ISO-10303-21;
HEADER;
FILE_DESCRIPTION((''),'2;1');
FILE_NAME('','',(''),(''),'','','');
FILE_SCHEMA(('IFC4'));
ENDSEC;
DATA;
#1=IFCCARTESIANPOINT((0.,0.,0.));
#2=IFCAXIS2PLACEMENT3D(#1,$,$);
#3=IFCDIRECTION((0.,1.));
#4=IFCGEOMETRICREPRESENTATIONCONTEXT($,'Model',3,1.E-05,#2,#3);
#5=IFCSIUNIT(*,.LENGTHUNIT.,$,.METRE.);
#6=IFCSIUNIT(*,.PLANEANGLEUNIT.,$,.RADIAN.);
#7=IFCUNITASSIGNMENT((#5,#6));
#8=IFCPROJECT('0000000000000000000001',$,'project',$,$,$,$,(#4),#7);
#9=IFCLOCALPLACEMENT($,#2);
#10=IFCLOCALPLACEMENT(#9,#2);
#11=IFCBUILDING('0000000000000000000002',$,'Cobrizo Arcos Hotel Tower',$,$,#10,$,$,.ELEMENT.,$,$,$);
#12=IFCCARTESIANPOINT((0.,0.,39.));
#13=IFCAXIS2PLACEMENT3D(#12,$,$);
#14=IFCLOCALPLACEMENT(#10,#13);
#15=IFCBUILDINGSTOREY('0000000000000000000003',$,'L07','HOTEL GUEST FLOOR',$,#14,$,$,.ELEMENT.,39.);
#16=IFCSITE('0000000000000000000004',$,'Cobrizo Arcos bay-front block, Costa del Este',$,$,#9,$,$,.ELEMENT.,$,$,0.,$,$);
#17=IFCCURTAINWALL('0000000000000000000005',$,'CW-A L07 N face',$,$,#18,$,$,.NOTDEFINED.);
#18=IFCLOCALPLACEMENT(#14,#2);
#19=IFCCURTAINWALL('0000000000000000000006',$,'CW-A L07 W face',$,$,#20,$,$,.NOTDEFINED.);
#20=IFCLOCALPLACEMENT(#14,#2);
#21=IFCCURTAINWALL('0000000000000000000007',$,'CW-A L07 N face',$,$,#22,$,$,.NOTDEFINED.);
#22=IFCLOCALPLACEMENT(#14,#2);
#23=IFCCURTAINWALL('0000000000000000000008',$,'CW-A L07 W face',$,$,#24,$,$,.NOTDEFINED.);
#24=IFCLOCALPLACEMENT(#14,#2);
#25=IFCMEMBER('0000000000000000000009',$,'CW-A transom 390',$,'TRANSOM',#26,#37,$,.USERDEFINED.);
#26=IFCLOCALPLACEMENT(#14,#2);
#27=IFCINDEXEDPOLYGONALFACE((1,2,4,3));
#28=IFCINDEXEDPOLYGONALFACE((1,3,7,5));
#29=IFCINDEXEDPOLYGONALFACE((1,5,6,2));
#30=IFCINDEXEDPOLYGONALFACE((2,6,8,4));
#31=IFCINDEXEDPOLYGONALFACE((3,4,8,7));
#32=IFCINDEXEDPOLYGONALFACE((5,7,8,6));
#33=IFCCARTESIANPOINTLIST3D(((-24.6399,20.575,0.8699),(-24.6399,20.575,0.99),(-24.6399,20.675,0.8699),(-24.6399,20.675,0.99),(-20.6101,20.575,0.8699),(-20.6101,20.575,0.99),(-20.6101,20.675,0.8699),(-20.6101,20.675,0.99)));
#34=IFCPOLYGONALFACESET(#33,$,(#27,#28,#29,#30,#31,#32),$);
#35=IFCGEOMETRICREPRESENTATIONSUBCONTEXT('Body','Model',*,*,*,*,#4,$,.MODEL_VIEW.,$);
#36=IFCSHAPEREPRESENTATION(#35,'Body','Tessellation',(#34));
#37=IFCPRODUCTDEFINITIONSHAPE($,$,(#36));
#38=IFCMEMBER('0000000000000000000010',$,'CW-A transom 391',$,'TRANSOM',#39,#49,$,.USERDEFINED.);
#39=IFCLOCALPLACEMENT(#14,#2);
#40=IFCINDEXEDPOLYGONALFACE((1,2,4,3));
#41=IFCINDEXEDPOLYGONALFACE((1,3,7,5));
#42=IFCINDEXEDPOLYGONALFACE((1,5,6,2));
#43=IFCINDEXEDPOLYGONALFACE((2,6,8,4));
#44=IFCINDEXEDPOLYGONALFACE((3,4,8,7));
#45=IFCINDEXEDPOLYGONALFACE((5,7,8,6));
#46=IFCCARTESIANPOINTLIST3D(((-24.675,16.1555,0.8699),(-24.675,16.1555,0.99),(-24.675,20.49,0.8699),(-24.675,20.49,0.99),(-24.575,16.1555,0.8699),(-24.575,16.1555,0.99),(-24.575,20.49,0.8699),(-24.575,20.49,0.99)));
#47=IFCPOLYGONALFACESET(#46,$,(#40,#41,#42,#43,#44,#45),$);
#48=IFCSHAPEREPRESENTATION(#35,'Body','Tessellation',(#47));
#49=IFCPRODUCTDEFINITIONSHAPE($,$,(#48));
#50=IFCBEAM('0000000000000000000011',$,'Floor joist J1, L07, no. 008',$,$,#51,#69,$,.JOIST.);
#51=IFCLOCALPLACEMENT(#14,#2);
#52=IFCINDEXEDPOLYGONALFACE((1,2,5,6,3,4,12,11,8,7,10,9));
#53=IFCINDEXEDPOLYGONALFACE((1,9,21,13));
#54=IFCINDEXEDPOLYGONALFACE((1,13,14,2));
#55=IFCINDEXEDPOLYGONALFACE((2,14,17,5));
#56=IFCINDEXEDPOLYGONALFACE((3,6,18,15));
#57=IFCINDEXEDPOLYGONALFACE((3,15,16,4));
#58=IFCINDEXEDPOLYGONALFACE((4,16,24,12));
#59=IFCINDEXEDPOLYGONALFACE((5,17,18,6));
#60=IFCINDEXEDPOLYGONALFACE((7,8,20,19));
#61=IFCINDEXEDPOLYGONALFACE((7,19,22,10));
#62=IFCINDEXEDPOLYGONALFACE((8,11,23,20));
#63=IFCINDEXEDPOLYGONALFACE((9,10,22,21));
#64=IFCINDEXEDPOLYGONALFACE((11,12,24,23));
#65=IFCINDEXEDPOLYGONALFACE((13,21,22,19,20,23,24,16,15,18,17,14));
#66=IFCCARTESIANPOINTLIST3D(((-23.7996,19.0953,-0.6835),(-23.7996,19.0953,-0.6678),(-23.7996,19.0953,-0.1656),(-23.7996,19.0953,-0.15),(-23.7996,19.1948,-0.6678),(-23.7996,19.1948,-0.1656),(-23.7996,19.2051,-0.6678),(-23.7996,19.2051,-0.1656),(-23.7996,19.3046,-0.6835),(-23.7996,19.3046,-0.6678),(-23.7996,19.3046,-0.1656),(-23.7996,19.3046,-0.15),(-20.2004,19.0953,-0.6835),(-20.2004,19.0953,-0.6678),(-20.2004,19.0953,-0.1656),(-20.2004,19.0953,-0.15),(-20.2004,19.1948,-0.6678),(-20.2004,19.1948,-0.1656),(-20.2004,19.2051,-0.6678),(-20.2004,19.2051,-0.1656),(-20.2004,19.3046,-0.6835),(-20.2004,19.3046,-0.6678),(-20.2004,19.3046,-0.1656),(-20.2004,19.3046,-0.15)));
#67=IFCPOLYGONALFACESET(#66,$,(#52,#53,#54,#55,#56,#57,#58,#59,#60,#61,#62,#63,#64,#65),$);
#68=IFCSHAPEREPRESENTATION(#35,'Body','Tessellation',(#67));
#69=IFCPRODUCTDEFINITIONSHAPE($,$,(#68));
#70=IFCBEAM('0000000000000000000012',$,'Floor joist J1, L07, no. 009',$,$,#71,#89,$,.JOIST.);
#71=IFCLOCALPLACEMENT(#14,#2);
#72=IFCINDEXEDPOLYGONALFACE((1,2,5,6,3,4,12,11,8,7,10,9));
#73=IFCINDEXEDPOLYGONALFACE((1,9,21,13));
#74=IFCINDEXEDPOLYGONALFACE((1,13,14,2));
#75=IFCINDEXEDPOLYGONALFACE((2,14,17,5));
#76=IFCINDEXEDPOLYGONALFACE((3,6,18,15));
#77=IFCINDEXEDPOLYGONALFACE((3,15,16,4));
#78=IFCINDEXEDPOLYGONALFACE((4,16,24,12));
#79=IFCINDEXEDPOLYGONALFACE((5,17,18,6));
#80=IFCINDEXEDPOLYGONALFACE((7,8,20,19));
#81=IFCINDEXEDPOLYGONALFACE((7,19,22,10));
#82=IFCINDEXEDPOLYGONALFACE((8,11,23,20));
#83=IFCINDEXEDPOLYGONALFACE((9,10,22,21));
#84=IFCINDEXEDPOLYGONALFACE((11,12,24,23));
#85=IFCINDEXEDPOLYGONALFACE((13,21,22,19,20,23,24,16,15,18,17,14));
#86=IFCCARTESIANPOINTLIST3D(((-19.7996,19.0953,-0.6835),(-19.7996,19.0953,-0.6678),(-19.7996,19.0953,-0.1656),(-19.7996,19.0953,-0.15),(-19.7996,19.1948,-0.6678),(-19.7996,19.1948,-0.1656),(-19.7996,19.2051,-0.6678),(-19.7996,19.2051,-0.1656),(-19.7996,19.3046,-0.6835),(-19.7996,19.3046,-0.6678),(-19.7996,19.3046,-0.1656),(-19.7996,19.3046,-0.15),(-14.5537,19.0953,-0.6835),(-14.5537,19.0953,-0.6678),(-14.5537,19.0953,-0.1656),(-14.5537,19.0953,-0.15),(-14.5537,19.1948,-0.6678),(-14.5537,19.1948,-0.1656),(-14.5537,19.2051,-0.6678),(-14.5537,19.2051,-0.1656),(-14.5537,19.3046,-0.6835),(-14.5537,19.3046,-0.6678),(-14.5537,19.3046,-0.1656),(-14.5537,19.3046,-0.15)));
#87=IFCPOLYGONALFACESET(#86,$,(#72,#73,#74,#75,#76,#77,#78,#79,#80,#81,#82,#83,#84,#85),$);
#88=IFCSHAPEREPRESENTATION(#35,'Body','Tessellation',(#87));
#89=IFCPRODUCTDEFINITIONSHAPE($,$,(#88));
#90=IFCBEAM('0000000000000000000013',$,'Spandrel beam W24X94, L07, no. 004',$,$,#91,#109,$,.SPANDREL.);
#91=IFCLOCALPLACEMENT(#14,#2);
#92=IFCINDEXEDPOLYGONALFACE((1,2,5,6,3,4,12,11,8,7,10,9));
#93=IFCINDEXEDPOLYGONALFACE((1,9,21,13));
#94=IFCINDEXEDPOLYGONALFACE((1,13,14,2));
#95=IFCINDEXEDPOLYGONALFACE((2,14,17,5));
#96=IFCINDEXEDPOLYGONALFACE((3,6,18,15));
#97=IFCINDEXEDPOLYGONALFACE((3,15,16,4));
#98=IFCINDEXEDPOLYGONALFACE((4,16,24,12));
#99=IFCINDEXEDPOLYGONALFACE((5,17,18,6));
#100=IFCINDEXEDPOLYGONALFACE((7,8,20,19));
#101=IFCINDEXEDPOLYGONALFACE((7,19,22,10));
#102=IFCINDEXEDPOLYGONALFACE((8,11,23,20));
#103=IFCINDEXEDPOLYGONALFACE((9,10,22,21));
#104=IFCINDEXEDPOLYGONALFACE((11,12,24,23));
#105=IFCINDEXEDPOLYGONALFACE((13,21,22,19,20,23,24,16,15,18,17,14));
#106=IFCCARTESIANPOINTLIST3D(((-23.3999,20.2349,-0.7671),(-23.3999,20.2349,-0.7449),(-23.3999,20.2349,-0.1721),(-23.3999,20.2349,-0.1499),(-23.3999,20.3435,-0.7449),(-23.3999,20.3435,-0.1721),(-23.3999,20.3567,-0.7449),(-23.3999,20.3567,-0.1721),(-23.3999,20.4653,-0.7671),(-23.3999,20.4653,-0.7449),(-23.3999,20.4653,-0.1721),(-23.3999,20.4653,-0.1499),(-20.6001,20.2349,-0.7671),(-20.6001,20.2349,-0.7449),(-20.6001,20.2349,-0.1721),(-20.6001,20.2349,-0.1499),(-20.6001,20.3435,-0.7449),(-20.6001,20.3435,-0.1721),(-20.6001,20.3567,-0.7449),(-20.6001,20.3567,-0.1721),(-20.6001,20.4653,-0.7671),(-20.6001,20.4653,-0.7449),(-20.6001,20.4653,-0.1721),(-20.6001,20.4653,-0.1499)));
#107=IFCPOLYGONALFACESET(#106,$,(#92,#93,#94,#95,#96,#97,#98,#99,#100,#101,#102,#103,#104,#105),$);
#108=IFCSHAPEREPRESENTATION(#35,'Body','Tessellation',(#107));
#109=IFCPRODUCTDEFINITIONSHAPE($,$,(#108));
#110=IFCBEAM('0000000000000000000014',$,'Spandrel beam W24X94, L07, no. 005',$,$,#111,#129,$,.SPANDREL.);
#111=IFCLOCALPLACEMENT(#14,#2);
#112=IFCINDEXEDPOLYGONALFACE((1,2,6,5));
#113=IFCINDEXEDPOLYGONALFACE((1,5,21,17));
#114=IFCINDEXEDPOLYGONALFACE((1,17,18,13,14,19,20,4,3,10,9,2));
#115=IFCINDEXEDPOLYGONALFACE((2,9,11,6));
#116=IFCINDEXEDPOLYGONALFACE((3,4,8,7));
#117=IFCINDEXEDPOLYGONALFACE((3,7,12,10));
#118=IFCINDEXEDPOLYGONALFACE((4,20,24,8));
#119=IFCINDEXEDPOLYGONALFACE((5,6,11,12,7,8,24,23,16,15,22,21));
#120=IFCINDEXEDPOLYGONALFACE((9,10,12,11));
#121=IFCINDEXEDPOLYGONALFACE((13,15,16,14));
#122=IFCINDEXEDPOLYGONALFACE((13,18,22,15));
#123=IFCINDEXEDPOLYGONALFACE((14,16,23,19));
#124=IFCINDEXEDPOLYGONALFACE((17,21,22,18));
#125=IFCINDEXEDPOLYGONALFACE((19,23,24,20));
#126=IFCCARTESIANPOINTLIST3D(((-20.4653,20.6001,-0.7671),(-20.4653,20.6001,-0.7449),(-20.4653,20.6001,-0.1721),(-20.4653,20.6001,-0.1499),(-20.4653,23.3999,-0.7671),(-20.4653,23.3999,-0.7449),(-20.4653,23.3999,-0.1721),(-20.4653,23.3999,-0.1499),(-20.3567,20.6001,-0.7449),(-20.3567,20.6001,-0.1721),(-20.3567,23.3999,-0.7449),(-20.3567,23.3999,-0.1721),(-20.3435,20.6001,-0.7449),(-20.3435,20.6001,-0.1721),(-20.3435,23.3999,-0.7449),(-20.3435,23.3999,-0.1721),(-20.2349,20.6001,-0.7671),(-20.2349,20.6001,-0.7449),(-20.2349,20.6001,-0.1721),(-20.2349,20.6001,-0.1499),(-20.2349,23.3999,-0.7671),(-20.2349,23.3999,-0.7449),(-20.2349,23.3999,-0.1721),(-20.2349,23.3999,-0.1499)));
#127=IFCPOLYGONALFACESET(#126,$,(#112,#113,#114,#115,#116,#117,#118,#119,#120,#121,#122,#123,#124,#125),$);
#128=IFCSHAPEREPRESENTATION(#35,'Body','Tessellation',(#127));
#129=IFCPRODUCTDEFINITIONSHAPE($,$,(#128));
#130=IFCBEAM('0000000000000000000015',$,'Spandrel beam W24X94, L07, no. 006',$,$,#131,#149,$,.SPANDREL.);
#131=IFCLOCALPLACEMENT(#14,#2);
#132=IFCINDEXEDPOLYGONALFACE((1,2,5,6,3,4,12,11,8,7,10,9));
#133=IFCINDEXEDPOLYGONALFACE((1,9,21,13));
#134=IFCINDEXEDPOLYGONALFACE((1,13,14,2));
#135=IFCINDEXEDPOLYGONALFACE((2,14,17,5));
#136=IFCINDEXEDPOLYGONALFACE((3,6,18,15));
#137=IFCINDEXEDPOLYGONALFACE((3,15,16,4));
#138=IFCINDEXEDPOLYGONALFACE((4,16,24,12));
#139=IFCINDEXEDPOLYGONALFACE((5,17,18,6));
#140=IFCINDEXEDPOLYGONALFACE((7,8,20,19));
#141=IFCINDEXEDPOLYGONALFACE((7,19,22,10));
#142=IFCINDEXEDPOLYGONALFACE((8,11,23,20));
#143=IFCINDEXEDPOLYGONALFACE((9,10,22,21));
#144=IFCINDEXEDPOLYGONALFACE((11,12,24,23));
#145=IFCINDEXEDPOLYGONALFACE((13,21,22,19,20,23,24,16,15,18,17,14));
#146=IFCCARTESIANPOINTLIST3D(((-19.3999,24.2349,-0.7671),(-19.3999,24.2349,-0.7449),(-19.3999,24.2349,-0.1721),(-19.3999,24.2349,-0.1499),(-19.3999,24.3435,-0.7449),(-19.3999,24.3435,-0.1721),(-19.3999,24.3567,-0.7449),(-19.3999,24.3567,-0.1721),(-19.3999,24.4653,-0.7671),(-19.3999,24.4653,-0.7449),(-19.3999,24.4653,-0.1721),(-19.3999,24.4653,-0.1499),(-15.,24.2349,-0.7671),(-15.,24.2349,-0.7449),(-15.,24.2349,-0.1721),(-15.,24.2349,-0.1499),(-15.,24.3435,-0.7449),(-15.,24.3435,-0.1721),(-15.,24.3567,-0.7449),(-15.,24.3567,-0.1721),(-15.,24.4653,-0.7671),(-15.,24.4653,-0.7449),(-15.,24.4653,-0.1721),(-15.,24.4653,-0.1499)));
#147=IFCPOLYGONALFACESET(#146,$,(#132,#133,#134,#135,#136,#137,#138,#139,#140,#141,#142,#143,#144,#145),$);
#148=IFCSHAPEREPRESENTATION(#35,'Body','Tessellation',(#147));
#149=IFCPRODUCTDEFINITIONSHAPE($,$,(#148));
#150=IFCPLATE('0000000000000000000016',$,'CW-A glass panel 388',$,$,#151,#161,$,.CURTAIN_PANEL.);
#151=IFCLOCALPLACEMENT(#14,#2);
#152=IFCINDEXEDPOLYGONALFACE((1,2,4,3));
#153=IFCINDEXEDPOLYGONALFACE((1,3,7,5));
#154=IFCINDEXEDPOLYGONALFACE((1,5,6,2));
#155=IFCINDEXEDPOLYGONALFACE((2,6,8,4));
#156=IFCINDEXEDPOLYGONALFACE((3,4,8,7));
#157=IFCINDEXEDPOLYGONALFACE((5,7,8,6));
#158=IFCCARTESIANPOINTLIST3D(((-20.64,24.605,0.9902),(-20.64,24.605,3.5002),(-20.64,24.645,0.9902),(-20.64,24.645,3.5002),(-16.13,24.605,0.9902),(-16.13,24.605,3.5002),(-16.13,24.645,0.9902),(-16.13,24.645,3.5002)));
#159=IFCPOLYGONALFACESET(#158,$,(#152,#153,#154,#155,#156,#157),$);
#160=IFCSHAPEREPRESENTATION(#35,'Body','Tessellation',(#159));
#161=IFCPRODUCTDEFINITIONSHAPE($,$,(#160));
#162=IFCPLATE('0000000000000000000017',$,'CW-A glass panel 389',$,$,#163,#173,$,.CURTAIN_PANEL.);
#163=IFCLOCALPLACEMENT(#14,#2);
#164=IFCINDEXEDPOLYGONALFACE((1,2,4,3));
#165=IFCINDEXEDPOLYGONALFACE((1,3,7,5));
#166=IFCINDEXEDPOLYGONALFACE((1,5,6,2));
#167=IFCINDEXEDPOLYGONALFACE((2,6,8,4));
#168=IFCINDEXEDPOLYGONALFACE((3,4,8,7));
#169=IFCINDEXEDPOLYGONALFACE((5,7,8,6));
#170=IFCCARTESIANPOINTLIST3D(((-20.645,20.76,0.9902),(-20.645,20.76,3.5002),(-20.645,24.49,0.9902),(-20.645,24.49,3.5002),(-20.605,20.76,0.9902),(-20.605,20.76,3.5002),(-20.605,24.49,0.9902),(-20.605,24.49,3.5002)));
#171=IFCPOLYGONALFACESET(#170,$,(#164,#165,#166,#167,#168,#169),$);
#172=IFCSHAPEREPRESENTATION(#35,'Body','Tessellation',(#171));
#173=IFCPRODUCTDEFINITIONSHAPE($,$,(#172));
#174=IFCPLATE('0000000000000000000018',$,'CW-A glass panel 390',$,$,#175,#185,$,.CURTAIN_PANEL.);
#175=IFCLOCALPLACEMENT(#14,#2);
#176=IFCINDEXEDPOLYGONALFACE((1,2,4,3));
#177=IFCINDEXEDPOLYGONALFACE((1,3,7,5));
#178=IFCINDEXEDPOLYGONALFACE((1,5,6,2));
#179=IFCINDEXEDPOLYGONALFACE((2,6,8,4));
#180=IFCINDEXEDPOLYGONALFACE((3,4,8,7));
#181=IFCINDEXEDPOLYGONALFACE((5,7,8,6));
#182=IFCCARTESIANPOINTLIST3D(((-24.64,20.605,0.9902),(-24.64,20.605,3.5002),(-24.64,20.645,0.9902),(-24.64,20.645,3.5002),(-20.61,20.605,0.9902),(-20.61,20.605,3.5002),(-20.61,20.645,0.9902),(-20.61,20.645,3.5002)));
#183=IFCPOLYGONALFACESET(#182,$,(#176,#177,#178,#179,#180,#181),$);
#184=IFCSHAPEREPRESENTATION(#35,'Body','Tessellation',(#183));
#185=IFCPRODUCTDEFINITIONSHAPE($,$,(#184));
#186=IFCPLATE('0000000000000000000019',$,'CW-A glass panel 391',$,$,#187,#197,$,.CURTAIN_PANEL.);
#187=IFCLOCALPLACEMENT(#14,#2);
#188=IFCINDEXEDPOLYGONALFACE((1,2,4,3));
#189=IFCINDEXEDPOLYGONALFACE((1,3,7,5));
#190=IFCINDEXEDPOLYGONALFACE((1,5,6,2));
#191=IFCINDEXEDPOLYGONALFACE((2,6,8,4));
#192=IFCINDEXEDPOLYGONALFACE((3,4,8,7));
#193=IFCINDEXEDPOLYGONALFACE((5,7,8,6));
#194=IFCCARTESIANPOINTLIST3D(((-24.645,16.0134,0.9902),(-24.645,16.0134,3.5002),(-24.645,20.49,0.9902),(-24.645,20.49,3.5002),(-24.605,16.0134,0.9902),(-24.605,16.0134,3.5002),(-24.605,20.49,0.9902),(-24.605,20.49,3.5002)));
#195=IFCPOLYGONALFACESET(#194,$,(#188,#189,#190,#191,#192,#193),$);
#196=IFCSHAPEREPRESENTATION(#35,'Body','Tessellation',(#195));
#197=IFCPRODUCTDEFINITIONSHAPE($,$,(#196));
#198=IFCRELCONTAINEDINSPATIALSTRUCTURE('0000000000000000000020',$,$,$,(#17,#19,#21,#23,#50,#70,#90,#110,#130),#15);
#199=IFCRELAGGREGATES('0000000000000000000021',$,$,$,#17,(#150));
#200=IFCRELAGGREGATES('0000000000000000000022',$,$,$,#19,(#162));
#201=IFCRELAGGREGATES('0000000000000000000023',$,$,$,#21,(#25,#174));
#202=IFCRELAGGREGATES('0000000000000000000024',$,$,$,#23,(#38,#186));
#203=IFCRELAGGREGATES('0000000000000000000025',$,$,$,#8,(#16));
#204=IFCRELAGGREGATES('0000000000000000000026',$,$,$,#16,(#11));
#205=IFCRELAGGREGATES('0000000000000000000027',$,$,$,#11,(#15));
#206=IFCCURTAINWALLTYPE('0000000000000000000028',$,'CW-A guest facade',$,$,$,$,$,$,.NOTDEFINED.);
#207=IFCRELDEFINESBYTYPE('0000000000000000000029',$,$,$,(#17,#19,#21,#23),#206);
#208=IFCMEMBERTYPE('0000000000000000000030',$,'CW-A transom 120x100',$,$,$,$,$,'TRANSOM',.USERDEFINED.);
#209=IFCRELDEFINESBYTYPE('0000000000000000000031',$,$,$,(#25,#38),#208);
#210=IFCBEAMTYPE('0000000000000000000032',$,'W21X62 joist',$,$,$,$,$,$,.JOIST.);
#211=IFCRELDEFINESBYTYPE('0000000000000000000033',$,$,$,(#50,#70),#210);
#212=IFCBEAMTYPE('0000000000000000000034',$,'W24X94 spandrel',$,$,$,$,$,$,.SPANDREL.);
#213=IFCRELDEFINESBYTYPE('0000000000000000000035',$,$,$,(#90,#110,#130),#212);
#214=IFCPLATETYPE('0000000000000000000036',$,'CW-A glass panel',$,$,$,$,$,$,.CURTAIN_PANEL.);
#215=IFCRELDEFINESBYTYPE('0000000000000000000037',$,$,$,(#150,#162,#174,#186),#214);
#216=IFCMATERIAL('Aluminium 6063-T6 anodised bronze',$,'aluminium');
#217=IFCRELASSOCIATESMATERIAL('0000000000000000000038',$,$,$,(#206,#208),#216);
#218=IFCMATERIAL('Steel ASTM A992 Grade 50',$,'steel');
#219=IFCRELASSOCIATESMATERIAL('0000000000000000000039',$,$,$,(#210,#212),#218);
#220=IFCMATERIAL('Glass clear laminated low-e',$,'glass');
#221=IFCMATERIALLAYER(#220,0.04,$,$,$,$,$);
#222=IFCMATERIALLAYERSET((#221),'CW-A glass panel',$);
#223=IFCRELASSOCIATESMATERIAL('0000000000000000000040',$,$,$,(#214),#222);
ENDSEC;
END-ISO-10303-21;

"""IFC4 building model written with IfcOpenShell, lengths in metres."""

from ifc_helpers import new_model, si_unit, direction, frame, origin, origin_2d, place, context, subcontext, project, spatial, rectangle, i_section, extrude, material, layer, layer_set, material_profile, profile_set, type_object, element, aggregate, save


model = new_model("IFC4")

# Units and contexts
model_context = context("Model", 3, precision=1e-05, world=origin(), true_north=direction((0.0, 1.0)))
body_context = subcontext(model_context, "Body", "Model", "MODEL_VIEW")
ifc_project = project(units=[si_unit("LENGTHUNIT", "METRE"), si_unit("PLANEANGLEUNIT", "RADIAN")], contexts=[model_context])

# Site, building, storey
site_placement = place(None, origin())
site = spatial("IfcSite", under=ifc_project, at=site_placement, Name="Cobrizo Arcos bay-front block, Costa del Este", CompositionType="ELEMENT", RefElevation=0.0)
building_placement = place(site_placement, origin())
building = spatial("IfcBuilding", under=site, at=building_placement, Name="Cobrizo Arcos Hotel Tower", CompositionType="ELEMENT")
storey_placement = place(building_placement, frame((0.0, 0.0, 39.0)))
storey = spatial("IfcBuildingStorey", under=building, at=storey_placement, Name="L07", Description="HOTEL GUEST FLOOR", CompositionType="ELEMENT", Elevation=39.0)

# Curtain wall
ifc_material_1 = material(Name="Aluminium 6063-T6 anodised bronze", Category="aluminium")
curtain_wall_type = type_object("IfcCurtainWallType", Name="CW-A guest facade", PredefinedType="NOTDEFINED", material=ifc_material_1)
curtain_wall_1_placement = place(storey_placement, origin())
curtain_wall_1 = element("IfcCurtainWall", 1, at=curtain_wall_1_placement, inside=storey, type_object=curtain_wall_type, Name="CW-A L07 N face", PredefinedType="NOTDEFINED")

# Curtain walls
curtain_wall_2_placement = place(storey_placement, origin())
curtain_wall_2 = element("IfcCurtainWall", 2, at=curtain_wall_2_placement, inside=storey, type_object=curtain_wall_type, Name="CW-A L07 W face", PredefinedType="NOTDEFINED")
curtain_wall_3_placement = place(storey_placement, origin())
curtain_wall_3 = element("IfcCurtainWall", 3, at=curtain_wall_3_placement, inside=storey, type_object=curtain_wall_type, Name="CW-A L07 N face", PredefinedType="NOTDEFINED")
curtain_wall_4_placement = place(storey_placement, origin())
curtain_wall_4 = element("IfcCurtainWall", 4, at=curtain_wall_4_placement, inside=storey, type_object=curtain_wall_type, Name="CW-A L07 W face", PredefinedType="NOTDEFINED")

# Members
ifc_material_profile_1 = material_profile(ifc_material_1, rectangle(XDim=0.1001, YDim=0.1201, at=origin_2d()), Name="CW-A transom 120x100")
ifc_profile_set_1 = profile_set([ifc_material_profile_1], Name="Aluminium 6063-T6 anodised bronze")
member_type_1 = type_object("IfcMemberType", Name="CW-A transom 120x100", ElementType="TRANSOM", PredefinedType="USERDEFINED", material=ifc_profile_set_1)
member_1_placement = place(storey_placement, frame((-20.6101, 20.625, 0.9299), z_axis=(-1.0, 0.0, 0.0), x_axis=(0.0, -1.0, 0.0)))
member_1 = element("IfcMember", 5, at=member_1_placement, type_object=member_type_1, Name="CW-A transom 390", ObjectType="TRANSOM", PredefinedType="USERDEFINED", context=body_context, shape_type="SweptSolid", body=[
    extrude(rectangle(XDim=0.1001, YDim=0.1201, at=origin_2d()), origin(), (0.0, 0.0, 1.0), 4.0298),
])
member_2_placement = place(storey_placement, frame((-24.625, 20.49, 0.9299), z_axis=(0.0, -1.0, 0.0), x_axis=(1.0, 0.0, 0.0)))
member_2 = element("IfcMember", 6, at=member_2_placement, type_object=member_type_1, Name="CW-A transom 391", ObjectType="TRANSOM", PredefinedType="USERDEFINED", context=body_context, shape_type="SweptSolid", body=[
    extrude(rectangle(XDim=0.1001, YDim=0.1201, at=origin_2d()), origin(), (0.0, 0.0, 1.0), 4.3345),
])

# Beams
ifc_material_2 = material(Name="Steel ASTM A992 Grade 50", Category="steel")
ifc_material_profile_2 = material_profile(ifc_material_2, i_section(OverallWidth=0.2092, OverallDepth=0.5334, WebThickness=0.0103, FlangeThickness=0.0156, at=origin_2d()), Name="W21X62")
ifc_profile_set_2 = profile_set([ifc_material_profile_2], Name="Steel ASTM A992 Grade 50")
beam_type_1 = type_object("IfcBeamType", Name="W21X62 joist", PredefinedType="JOIST", material=ifc_profile_set_2)
beam_1_placement = place(storey_placement, frame((-23.7996, 19.2, -0.4167), z_axis=(1.0, 0.0, 0.0), x_axis=(0.0, 1.0, 0.0)))
element("IfcBeam", 7, at=beam_1_placement, inside=storey, type_object=beam_type_1, Name="Floor joist J1, L07, no. 008", PredefinedType="JOIST", context=body_context, shape_type="SweptSolid", body=[
    extrude(i_section(OverallWidth=0.2092, OverallDepth=0.5334, WebThickness=0.0103, FlangeThickness=0.0156, at=origin_2d()), origin(), (0.0, 0.0, 1.0), 3.5991),
])
beam_2_placement = place(storey_placement, frame((-19.7996, 19.2, -0.4167), z_axis=(1.0, 0.0, 0.0), x_axis=(0.0, 1.0, 0.0)))
element("IfcBeam", 8, at=beam_2_placement, inside=storey, type_object=beam_type_1, Name="Floor joist J1, L07, no. 009", PredefinedType="JOIST", context=body_context, shape_type="SweptSolid", body=[
    extrude(i_section(OverallWidth=0.2092, OverallDepth=0.5334, WebThickness=0.0103, FlangeThickness=0.0156, at=origin_2d()), origin(), (0.0, 0.0, 1.0), 5.2458),
])
ifc_material_profile_3 = material_profile(ifc_material_2, i_section(OverallWidth=0.2305, OverallDepth=0.6172, WebThickness=0.0132, FlangeThickness=0.0222, at=origin_2d()), Name="W24X94")
ifc_profile_set_3 = profile_set([ifc_material_profile_3], Name="Steel ASTM A992 Grade 50")
beam_type_2 = type_object("IfcBeamType", Name="W24X94 spandrel", PredefinedType="SPANDREL", material=ifc_profile_set_3)
for number, where, z_axis, x_axis, name in (
    (9, (-23.3999, 20.3501, -0.4585), (1.0, 0.0, 0.0), (0.0, 1.0, 0.0), "Spandrel beam W24X94, L07, no. 004"),
    (10, (-20.3501, 20.6001, -0.4585), (0.0, 1.0, 0.0), (-1.0, 0.0, 0.0), "Spandrel beam W24X94, L07, no. 005"),
):
    element("IfcBeam", number, at=place(storey_placement, frame(where, z_axis=z_axis, x_axis=x_axis)), inside=storey, type_object=beam_type_2, Name=name, PredefinedType="SPANDREL", context=body_context, shape_type="SweptSolid", body=[
        extrude(i_section(OverallWidth=0.2305, OverallDepth=0.6172, WebThickness=0.0132, FlangeThickness=0.0222, at=origin_2d()), origin(), (0.0, 0.0, 1.0), 2.7998),
    ])
beam_3_placement = place(storey_placement, frame((-19.3999, 24.3501, -0.4585), z_axis=(1.0, 0.0, 0.0), x_axis=(0.0, 1.0, 0.0)))
element("IfcBeam", 11, at=beam_3_placement, inside=storey, type_object=beam_type_2, Name="Spandrel beam W24X94, L07, no. 006", PredefinedType="SPANDREL", context=body_context, shape_type="SweptSolid", body=[
    extrude(i_section(OverallWidth=0.2305, OverallDepth=0.6172, WebThickness=0.0132, FlangeThickness=0.0222, at=origin_2d()), origin(), (0.0, 0.0, 1.0), 4.3999),
])

# Plates
ifc_material_3 = material(Name="Glass clear laminated low-e", Category="glass")
ifc_layer_1 = layer(ifc_material_3, 0.04)
ifc_layer_set_1 = layer_set([ifc_layer_1], Name="CW-A glass panel")
plate_type_1 = type_object("IfcPlateType", Name="CW-A glass panel", PredefinedType="CURTAIN_PANEL", material=ifc_layer_set_1)
plate_1_placement = place(storey_placement, frame((-18.385, 24.625, 0.9902), z_axis=(0.0, 0.0, 1.0), x_axis=(-1.0, 0.0, 0.0)))
plate_1 = element("IfcPlate", 12, at=plate_1_placement, type_object=plate_type_1, Name="CW-A glass panel 388", PredefinedType="CURTAIN_PANEL", context=body_context, shape_type="SweptSolid", body=[
    extrude(rectangle(XDim=4.51, YDim=0.04, at=origin_2d()), origin(), (0.0, 0.0, 1.0), 2.51),
])
plate_2_placement = place(storey_placement, frame((-20.625, 22.625, 0.9902), z_axis=(0.0, 0.0, 1.0), x_axis=(0.0, -1.0, 0.0)))
plate_2 = element("IfcPlate", 13, at=plate_2_placement, type_object=plate_type_1, Name="CW-A glass panel 389", PredefinedType="CURTAIN_PANEL", context=body_context, shape_type="SweptSolid", body=[
    extrude(rectangle(XDim=3.73, YDim=0.04, at=origin_2d()), origin(), (0.0, 0.0, 1.0), 2.51),
])
plate_3_placement = place(storey_placement, frame((-22.625, 20.625, 0.9902), z_axis=(0.0, 0.0, 1.0), x_axis=(-1.0, 0.0, 0.0)))
plate_3 = element("IfcPlate", 14, at=plate_3_placement, type_object=plate_type_1, Name="CW-A glass panel 390", PredefinedType="CURTAIN_PANEL", context=body_context, shape_type="SweptSolid", body=[
    extrude(rectangle(XDim=4.03, YDim=0.04, at=origin_2d()), origin(), (0.0, 0.0, 1.0), 2.51),
])
plate_4_placement = place(storey_placement, frame((-24.625, 18.2517, 0.9902), z_axis=(0.0, 0.0, 1.0), x_axis=(0.0, -1.0, 0.0)))
plate_4 = element("IfcPlate", 15, at=plate_4_placement, type_object=plate_type_1, Name="CW-A glass panel 391", PredefinedType="CURTAIN_PANEL", context=body_context, shape_type="SweptSolid", body=[
    extrude(rectangle(XDim=4.4766, YDim=0.04, at=origin_2d()), origin(), (0.0, 0.0, 1.0), 2.51),
])
aggregate(curtain_wall_1, [plate_1])
aggregate(curtain_wall_2, [plate_2])
aggregate(curtain_wall_3, [member_1, plate_3])
aggregate(curtain_wall_4, [member_2, plate_4])

save(model, "model.ifc")
